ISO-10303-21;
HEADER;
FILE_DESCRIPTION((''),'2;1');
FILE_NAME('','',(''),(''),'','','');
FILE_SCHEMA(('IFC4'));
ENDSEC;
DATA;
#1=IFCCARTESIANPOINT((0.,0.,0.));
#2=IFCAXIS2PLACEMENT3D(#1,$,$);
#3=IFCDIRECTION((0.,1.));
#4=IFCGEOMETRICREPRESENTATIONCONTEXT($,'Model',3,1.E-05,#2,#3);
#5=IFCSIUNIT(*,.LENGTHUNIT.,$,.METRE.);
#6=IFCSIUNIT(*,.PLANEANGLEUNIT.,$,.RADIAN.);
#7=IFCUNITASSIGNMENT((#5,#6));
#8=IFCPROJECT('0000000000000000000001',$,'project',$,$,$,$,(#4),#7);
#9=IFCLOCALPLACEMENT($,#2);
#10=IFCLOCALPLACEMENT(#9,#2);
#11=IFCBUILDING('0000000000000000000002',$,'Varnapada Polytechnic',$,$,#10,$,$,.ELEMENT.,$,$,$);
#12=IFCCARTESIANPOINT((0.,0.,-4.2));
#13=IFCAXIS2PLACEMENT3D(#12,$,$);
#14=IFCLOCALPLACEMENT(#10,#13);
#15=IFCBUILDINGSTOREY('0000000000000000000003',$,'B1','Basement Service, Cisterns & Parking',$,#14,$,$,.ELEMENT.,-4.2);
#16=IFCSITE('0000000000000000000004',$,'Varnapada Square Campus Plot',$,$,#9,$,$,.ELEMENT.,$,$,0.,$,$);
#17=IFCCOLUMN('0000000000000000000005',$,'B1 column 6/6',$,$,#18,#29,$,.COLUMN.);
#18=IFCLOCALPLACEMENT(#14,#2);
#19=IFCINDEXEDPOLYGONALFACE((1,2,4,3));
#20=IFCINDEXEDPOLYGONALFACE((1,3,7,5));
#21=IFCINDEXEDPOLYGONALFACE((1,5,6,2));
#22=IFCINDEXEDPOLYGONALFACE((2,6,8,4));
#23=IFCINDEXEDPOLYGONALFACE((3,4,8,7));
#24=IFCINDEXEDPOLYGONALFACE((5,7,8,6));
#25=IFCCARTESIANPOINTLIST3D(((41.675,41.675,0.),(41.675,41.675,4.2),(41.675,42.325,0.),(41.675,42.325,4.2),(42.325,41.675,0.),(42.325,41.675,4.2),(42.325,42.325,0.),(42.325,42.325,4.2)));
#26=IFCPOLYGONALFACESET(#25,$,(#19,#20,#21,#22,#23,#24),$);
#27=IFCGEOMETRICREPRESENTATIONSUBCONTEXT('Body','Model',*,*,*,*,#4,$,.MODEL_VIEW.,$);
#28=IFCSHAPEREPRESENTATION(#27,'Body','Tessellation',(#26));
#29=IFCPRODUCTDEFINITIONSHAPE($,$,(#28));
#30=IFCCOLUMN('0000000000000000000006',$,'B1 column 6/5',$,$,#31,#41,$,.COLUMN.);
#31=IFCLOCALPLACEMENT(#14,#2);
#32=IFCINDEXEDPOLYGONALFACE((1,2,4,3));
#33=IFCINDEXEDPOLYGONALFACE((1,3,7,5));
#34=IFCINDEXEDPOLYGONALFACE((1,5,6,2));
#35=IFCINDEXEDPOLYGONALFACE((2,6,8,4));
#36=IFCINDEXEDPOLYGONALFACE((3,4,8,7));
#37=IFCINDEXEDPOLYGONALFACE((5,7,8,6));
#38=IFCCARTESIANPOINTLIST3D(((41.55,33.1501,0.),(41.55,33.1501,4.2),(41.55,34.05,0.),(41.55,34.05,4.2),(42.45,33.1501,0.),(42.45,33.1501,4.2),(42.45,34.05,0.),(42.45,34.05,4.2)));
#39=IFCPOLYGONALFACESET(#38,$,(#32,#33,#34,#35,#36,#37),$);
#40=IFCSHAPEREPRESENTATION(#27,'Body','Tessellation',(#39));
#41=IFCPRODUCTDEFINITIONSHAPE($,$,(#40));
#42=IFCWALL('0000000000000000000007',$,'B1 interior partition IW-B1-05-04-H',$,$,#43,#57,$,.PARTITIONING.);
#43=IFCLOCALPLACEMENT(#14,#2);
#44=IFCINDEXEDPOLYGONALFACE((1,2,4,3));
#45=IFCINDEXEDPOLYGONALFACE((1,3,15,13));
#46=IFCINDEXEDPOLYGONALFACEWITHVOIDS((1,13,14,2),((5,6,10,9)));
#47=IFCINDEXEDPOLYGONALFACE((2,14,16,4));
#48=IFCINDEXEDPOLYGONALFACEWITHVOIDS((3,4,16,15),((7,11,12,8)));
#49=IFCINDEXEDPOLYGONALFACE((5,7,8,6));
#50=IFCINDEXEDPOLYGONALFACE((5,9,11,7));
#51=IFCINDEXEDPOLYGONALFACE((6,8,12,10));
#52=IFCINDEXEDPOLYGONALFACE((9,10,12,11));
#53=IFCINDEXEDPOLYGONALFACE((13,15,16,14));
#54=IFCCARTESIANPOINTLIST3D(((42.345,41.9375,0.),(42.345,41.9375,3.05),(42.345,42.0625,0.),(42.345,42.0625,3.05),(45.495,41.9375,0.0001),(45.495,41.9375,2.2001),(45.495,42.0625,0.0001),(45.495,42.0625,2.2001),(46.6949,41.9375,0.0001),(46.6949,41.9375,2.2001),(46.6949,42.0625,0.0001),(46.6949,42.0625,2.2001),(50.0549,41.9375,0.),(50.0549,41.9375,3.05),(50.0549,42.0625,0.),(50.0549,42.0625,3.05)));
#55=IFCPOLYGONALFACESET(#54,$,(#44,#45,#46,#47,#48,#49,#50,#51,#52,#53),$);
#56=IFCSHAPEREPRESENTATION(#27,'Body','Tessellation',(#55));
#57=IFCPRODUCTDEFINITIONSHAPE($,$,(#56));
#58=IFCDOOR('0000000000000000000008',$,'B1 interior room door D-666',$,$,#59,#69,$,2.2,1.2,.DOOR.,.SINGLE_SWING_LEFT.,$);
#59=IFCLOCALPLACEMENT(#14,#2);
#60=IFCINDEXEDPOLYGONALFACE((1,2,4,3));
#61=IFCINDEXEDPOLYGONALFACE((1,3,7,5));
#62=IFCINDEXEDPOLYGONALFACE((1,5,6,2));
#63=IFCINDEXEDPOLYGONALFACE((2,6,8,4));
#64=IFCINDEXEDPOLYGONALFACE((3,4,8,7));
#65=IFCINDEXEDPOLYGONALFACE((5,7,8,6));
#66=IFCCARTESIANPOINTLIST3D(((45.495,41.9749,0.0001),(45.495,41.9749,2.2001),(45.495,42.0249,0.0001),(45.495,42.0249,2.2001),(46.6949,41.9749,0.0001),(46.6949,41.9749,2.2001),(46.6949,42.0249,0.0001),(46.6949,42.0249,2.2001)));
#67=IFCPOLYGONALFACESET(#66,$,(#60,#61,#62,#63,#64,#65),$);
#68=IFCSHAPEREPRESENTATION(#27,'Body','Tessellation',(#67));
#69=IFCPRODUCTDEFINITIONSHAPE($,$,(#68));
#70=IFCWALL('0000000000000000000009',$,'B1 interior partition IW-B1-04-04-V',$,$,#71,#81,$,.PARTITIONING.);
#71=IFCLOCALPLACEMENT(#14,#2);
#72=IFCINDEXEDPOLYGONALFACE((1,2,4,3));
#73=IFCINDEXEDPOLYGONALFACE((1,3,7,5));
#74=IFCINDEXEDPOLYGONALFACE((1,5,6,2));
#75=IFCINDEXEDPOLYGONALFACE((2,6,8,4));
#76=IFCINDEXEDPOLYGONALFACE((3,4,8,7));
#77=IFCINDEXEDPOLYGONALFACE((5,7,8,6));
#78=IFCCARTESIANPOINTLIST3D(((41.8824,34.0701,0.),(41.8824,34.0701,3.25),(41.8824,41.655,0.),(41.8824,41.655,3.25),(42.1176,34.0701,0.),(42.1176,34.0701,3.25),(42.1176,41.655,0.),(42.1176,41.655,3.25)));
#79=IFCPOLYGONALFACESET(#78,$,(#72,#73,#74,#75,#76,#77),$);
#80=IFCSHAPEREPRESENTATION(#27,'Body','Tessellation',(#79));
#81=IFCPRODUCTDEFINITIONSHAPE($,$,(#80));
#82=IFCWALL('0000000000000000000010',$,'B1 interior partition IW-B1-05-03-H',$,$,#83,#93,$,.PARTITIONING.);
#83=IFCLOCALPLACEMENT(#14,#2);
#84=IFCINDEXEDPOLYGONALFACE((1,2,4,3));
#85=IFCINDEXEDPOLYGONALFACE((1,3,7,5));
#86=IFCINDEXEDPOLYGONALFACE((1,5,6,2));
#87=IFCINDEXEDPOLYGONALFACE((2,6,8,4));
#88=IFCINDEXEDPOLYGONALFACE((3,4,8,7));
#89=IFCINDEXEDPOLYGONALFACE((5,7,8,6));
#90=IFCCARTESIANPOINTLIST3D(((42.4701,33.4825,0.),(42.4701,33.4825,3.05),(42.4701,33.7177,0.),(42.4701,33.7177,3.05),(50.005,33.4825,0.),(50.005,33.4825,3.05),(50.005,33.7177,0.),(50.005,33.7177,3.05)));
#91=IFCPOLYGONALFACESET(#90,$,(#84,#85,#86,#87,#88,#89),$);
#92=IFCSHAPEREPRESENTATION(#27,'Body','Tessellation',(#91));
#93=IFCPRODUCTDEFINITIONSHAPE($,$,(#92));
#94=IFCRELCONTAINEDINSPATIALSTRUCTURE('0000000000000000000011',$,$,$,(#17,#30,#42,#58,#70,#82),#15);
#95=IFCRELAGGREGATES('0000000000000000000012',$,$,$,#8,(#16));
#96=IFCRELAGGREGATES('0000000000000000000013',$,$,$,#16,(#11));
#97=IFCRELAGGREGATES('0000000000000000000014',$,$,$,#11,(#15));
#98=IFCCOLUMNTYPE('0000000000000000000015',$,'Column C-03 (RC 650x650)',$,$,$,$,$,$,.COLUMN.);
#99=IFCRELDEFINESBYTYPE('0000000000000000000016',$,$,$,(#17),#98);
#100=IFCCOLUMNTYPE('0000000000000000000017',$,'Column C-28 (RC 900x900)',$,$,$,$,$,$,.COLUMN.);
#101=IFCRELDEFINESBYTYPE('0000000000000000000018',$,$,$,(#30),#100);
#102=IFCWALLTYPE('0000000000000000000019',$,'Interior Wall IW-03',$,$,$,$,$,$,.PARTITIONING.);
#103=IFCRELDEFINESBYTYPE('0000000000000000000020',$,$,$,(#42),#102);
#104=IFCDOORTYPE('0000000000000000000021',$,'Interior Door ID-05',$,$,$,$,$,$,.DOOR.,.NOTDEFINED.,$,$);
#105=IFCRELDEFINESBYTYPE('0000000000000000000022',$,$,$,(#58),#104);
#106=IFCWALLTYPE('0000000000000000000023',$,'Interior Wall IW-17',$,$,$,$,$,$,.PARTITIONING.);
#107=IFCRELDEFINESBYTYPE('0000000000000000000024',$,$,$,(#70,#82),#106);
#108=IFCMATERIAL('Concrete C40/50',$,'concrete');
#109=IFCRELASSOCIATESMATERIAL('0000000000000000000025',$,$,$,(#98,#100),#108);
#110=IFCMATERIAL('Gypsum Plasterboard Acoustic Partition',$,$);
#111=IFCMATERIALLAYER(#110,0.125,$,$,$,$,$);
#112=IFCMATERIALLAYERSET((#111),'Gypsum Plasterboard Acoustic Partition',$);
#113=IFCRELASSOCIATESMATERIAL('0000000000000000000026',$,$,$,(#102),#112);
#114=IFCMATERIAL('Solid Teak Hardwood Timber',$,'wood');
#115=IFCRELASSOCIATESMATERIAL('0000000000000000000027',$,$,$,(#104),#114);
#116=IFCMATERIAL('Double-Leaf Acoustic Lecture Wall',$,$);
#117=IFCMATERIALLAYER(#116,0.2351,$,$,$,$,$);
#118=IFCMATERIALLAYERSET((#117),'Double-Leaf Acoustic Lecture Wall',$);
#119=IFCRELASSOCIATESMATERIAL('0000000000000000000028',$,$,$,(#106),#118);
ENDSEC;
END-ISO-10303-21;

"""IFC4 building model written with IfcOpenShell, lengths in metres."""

from ifc_helpers import new_model, si_unit, direction, frame, frame_2d, origin, origin_2d, place, context, subcontext, project, spatial, rectangle, extrude, material, layer, layer_set, material_profile, profile_set, type_object, element, fill, save


model = new_model("IFC4")

# Units and contexts
model_context = context("Model", 3, precision=1e-05, world=origin(), true_north=direction((0.0, 1.0)))
body_context = subcontext(model_context, "Body", "Model", "MODEL_VIEW")
ifc_project = project(units=[si_unit("LENGTHUNIT", "METRE"), si_unit("PLANEANGLEUNIT", "RADIAN")], contexts=[model_context])

# Site, building, storey
site_placement = place(None, origin())
site = spatial("IfcSite", under=ifc_project, at=site_placement, Name="Varnapada Square Campus Plot", CompositionType="ELEMENT", RefElevation=0.0)
building_placement = place(site_placement, origin())
building = spatial("IfcBuilding", under=site, at=building_placement, Name="Varnapada Polytechnic", CompositionType="ELEMENT")
storey_placement = place(building_placement, frame((0.0, 0.0, -4.2)))
storey = spatial("IfcBuildingStorey", under=building, at=storey_placement, Name="B1", Description="Basement Service, Cisterns & Parking", CompositionType="ELEMENT", Elevation=-4.2)

# Shared definitions
ifc_material_1 = material(Name="Concrete C40/50", Category="concrete")

# Columns
ifc_material_profile_1 = material_profile(ifc_material_1, rectangle(XDim=0.6499, YDim=0.6499, at=origin_2d()), Name="RC 650x650")
ifc_profile_set_1 = profile_set([ifc_material_profile_1], Name="Concrete C40/50")
column_type_1 = type_object("IfcColumnType", Name="Column C-03 (RC 650x650)", PredefinedType="COLUMN", material=ifc_profile_set_1)
column_1_placement = place(storey_placement, frame((42.0, 42.0, 0.0), z_axis=(0.0, 0.0, 1.0), x_axis=(1.0, 0.0, 0.0)))
element("IfcColumn", 1, at=column_1_placement, inside=storey, type_object=column_type_1, Name="B1 column 6/6", PredefinedType="COLUMN", context=body_context, shape_type="SweptSolid", body=[
    extrude(rectangle(XDim=0.6499, YDim=0.6499, at=origin_2d()), origin(), (0.0, 0.0, 1.0), 4.2),
])
ifc_material_profile_2 = material_profile(ifc_material_1, rectangle(XDim=0.8999, YDim=0.8999, at=origin_2d()), Name="RC 900x900")
ifc_profile_set_2 = profile_set([ifc_material_profile_2], Name="Concrete C40/50")
column_type_2 = type_object("IfcColumnType", Name="Column C-28 (RC 900x900)", PredefinedType="COLUMN", material=ifc_profile_set_2)
column_2_placement = place(storey_placement, frame((42.0, 33.6001, 0.0), z_axis=(0.0, 0.0, 1.0), x_axis=(1.0, 0.0, 0.0)))
element("IfcColumn", 2, at=column_2_placement, inside=storey, type_object=column_type_2, Name="B1 column 6/5", PredefinedType="COLUMN", context=body_context, shape_type="SweptSolid", body=[
    extrude(rectangle(XDim=0.8999, YDim=0.8999, at=origin_2d()), origin(), (0.0, 0.0, 1.0), 4.2),
])

# Wall, opening, door
ifc_material_2 = material(Name="Gypsum Plasterboard Acoustic Partition")
ifc_layer_1 = layer(ifc_material_2, 0.125)
ifc_layer_set_1 = layer_set([ifc_layer_1], Name="Gypsum Plasterboard Acoustic Partition")
wall_type_1 = type_object("IfcWallType", Name="Interior Wall IW-03", PredefinedType="PARTITIONING", material=ifc_layer_set_1)
wall_1_placement = place(storey_placement, frame((42.345, 42.0, 0.0), z_axis=(0.0, 0.0, 1.0), x_axis=(1.0, 0.0, 0.0)))
wall_1 = element("IfcWall", 3, at=wall_1_placement, inside=storey, type_object=wall_type_1, Name="B1 interior partition IW-B1-05-04-H", PredefinedType="PARTITIONING", context=body_context, shape_type="SweptSolid", body=[
    extrude(rectangle(XDim=7.71, YDim=0.125, at=frame_2d((3.855, 0.0))), origin(), (0.0, 0.0, 1.0), 3.05),
])
opening_placement = place(wall_1_placement, frame((3.1499, 0.0, 0.0)))
opening = element("IfcOpeningElement", 4, at=opening_placement, cuts=wall_1, PredefinedType="OPENING", context=body_context, shape_type="SweptSolid", body=[
    extrude(rectangle(XDim=1.2, YDim=2.2, at=frame_2d((0.6001, 1.1001))), frame((0.0, 0.0725, 0.0), z_axis=(0.0, -1.0, 0.0), x_axis=(1.0, 0.0, 0.0)), (0.0, 0.0, 1.0), 0.145),
])
ifc_material_3 = material(Name="Solid Teak Hardwood Timber", Category="wood")
door_type = type_object("IfcDoorType", Name="Interior Door ID-05", OperationType="NOTDEFINED", PredefinedType="DOOR", material=ifc_material_3)
door_placement = place(opening_placement, origin())
door = element("IfcDoor", 5, at=door_placement, inside=storey, type_object=door_type, Name="B1 interior room door D-666", OperationType="SINGLE_SWING_LEFT", OverallHeight=2.2, OverallWidth=1.2, PredefinedType="DOOR", context=body_context, shape_type="SweptSolid", body=[
    extrude(rectangle(XDim=1.2, YDim=2.2, at=frame_2d((0.6001, 1.1001))), frame((0.0, 0.0249, 0.0), z_axis=(0.0, -1.0, 0.0), x_axis=(1.0, 0.0, 0.0)), (0.0, 0.0, 1.0), 0.05),
])
fill(opening, door)

# Walls
ifc_material_4 = material(Name="Double-Leaf Acoustic Lecture Wall")
ifc_layer_2 = layer(ifc_material_4, 0.2351)
ifc_layer_set_2 = layer_set([ifc_layer_2], Name="Double-Leaf Acoustic Lecture Wall")
wall_type_2 = type_object("IfcWallType", Name="Interior Wall IW-17", PredefinedType="PARTITIONING", material=ifc_layer_set_2)
wall_2_placement = place(storey_placement, frame((42.0, 34.0701, 0.0), z_axis=(0.0, 0.0, 1.0), x_axis=(0.0, 1.0, 0.0)))
element("IfcWall", 6, at=wall_2_placement, inside=storey, type_object=wall_type_2, Name="B1 interior partition IW-B1-04-04-V", PredefinedType="PARTITIONING", context=body_context, shape_type="SweptSolid", body=[
    extrude(rectangle(XDim=7.585, YDim=0.2351, at=frame_2d((3.7925, 0.0))), origin(), (0.0, 0.0, 1.0), 3.25),
])
wall_3_placement = place(storey_placement, frame((42.47, 33.6001, 0.0), z_axis=(0.0, 0.0, 1.0), x_axis=(1.0, 0.0, 0.0)))
element("IfcWall", 7, at=wall_3_placement, inside=storey, type_object=wall_type_2, Name="B1 interior partition IW-B1-05-03-H", PredefinedType="PARTITIONING", context=body_context, shape_type="SweptSolid", body=[
    extrude(rectangle(XDim=7.5349, YDim=0.2351, at=frame_2d((3.7676, 0.0))), origin(), (0.0, 0.0, 1.0), 3.05),
])

save(model, "model.ifc")
